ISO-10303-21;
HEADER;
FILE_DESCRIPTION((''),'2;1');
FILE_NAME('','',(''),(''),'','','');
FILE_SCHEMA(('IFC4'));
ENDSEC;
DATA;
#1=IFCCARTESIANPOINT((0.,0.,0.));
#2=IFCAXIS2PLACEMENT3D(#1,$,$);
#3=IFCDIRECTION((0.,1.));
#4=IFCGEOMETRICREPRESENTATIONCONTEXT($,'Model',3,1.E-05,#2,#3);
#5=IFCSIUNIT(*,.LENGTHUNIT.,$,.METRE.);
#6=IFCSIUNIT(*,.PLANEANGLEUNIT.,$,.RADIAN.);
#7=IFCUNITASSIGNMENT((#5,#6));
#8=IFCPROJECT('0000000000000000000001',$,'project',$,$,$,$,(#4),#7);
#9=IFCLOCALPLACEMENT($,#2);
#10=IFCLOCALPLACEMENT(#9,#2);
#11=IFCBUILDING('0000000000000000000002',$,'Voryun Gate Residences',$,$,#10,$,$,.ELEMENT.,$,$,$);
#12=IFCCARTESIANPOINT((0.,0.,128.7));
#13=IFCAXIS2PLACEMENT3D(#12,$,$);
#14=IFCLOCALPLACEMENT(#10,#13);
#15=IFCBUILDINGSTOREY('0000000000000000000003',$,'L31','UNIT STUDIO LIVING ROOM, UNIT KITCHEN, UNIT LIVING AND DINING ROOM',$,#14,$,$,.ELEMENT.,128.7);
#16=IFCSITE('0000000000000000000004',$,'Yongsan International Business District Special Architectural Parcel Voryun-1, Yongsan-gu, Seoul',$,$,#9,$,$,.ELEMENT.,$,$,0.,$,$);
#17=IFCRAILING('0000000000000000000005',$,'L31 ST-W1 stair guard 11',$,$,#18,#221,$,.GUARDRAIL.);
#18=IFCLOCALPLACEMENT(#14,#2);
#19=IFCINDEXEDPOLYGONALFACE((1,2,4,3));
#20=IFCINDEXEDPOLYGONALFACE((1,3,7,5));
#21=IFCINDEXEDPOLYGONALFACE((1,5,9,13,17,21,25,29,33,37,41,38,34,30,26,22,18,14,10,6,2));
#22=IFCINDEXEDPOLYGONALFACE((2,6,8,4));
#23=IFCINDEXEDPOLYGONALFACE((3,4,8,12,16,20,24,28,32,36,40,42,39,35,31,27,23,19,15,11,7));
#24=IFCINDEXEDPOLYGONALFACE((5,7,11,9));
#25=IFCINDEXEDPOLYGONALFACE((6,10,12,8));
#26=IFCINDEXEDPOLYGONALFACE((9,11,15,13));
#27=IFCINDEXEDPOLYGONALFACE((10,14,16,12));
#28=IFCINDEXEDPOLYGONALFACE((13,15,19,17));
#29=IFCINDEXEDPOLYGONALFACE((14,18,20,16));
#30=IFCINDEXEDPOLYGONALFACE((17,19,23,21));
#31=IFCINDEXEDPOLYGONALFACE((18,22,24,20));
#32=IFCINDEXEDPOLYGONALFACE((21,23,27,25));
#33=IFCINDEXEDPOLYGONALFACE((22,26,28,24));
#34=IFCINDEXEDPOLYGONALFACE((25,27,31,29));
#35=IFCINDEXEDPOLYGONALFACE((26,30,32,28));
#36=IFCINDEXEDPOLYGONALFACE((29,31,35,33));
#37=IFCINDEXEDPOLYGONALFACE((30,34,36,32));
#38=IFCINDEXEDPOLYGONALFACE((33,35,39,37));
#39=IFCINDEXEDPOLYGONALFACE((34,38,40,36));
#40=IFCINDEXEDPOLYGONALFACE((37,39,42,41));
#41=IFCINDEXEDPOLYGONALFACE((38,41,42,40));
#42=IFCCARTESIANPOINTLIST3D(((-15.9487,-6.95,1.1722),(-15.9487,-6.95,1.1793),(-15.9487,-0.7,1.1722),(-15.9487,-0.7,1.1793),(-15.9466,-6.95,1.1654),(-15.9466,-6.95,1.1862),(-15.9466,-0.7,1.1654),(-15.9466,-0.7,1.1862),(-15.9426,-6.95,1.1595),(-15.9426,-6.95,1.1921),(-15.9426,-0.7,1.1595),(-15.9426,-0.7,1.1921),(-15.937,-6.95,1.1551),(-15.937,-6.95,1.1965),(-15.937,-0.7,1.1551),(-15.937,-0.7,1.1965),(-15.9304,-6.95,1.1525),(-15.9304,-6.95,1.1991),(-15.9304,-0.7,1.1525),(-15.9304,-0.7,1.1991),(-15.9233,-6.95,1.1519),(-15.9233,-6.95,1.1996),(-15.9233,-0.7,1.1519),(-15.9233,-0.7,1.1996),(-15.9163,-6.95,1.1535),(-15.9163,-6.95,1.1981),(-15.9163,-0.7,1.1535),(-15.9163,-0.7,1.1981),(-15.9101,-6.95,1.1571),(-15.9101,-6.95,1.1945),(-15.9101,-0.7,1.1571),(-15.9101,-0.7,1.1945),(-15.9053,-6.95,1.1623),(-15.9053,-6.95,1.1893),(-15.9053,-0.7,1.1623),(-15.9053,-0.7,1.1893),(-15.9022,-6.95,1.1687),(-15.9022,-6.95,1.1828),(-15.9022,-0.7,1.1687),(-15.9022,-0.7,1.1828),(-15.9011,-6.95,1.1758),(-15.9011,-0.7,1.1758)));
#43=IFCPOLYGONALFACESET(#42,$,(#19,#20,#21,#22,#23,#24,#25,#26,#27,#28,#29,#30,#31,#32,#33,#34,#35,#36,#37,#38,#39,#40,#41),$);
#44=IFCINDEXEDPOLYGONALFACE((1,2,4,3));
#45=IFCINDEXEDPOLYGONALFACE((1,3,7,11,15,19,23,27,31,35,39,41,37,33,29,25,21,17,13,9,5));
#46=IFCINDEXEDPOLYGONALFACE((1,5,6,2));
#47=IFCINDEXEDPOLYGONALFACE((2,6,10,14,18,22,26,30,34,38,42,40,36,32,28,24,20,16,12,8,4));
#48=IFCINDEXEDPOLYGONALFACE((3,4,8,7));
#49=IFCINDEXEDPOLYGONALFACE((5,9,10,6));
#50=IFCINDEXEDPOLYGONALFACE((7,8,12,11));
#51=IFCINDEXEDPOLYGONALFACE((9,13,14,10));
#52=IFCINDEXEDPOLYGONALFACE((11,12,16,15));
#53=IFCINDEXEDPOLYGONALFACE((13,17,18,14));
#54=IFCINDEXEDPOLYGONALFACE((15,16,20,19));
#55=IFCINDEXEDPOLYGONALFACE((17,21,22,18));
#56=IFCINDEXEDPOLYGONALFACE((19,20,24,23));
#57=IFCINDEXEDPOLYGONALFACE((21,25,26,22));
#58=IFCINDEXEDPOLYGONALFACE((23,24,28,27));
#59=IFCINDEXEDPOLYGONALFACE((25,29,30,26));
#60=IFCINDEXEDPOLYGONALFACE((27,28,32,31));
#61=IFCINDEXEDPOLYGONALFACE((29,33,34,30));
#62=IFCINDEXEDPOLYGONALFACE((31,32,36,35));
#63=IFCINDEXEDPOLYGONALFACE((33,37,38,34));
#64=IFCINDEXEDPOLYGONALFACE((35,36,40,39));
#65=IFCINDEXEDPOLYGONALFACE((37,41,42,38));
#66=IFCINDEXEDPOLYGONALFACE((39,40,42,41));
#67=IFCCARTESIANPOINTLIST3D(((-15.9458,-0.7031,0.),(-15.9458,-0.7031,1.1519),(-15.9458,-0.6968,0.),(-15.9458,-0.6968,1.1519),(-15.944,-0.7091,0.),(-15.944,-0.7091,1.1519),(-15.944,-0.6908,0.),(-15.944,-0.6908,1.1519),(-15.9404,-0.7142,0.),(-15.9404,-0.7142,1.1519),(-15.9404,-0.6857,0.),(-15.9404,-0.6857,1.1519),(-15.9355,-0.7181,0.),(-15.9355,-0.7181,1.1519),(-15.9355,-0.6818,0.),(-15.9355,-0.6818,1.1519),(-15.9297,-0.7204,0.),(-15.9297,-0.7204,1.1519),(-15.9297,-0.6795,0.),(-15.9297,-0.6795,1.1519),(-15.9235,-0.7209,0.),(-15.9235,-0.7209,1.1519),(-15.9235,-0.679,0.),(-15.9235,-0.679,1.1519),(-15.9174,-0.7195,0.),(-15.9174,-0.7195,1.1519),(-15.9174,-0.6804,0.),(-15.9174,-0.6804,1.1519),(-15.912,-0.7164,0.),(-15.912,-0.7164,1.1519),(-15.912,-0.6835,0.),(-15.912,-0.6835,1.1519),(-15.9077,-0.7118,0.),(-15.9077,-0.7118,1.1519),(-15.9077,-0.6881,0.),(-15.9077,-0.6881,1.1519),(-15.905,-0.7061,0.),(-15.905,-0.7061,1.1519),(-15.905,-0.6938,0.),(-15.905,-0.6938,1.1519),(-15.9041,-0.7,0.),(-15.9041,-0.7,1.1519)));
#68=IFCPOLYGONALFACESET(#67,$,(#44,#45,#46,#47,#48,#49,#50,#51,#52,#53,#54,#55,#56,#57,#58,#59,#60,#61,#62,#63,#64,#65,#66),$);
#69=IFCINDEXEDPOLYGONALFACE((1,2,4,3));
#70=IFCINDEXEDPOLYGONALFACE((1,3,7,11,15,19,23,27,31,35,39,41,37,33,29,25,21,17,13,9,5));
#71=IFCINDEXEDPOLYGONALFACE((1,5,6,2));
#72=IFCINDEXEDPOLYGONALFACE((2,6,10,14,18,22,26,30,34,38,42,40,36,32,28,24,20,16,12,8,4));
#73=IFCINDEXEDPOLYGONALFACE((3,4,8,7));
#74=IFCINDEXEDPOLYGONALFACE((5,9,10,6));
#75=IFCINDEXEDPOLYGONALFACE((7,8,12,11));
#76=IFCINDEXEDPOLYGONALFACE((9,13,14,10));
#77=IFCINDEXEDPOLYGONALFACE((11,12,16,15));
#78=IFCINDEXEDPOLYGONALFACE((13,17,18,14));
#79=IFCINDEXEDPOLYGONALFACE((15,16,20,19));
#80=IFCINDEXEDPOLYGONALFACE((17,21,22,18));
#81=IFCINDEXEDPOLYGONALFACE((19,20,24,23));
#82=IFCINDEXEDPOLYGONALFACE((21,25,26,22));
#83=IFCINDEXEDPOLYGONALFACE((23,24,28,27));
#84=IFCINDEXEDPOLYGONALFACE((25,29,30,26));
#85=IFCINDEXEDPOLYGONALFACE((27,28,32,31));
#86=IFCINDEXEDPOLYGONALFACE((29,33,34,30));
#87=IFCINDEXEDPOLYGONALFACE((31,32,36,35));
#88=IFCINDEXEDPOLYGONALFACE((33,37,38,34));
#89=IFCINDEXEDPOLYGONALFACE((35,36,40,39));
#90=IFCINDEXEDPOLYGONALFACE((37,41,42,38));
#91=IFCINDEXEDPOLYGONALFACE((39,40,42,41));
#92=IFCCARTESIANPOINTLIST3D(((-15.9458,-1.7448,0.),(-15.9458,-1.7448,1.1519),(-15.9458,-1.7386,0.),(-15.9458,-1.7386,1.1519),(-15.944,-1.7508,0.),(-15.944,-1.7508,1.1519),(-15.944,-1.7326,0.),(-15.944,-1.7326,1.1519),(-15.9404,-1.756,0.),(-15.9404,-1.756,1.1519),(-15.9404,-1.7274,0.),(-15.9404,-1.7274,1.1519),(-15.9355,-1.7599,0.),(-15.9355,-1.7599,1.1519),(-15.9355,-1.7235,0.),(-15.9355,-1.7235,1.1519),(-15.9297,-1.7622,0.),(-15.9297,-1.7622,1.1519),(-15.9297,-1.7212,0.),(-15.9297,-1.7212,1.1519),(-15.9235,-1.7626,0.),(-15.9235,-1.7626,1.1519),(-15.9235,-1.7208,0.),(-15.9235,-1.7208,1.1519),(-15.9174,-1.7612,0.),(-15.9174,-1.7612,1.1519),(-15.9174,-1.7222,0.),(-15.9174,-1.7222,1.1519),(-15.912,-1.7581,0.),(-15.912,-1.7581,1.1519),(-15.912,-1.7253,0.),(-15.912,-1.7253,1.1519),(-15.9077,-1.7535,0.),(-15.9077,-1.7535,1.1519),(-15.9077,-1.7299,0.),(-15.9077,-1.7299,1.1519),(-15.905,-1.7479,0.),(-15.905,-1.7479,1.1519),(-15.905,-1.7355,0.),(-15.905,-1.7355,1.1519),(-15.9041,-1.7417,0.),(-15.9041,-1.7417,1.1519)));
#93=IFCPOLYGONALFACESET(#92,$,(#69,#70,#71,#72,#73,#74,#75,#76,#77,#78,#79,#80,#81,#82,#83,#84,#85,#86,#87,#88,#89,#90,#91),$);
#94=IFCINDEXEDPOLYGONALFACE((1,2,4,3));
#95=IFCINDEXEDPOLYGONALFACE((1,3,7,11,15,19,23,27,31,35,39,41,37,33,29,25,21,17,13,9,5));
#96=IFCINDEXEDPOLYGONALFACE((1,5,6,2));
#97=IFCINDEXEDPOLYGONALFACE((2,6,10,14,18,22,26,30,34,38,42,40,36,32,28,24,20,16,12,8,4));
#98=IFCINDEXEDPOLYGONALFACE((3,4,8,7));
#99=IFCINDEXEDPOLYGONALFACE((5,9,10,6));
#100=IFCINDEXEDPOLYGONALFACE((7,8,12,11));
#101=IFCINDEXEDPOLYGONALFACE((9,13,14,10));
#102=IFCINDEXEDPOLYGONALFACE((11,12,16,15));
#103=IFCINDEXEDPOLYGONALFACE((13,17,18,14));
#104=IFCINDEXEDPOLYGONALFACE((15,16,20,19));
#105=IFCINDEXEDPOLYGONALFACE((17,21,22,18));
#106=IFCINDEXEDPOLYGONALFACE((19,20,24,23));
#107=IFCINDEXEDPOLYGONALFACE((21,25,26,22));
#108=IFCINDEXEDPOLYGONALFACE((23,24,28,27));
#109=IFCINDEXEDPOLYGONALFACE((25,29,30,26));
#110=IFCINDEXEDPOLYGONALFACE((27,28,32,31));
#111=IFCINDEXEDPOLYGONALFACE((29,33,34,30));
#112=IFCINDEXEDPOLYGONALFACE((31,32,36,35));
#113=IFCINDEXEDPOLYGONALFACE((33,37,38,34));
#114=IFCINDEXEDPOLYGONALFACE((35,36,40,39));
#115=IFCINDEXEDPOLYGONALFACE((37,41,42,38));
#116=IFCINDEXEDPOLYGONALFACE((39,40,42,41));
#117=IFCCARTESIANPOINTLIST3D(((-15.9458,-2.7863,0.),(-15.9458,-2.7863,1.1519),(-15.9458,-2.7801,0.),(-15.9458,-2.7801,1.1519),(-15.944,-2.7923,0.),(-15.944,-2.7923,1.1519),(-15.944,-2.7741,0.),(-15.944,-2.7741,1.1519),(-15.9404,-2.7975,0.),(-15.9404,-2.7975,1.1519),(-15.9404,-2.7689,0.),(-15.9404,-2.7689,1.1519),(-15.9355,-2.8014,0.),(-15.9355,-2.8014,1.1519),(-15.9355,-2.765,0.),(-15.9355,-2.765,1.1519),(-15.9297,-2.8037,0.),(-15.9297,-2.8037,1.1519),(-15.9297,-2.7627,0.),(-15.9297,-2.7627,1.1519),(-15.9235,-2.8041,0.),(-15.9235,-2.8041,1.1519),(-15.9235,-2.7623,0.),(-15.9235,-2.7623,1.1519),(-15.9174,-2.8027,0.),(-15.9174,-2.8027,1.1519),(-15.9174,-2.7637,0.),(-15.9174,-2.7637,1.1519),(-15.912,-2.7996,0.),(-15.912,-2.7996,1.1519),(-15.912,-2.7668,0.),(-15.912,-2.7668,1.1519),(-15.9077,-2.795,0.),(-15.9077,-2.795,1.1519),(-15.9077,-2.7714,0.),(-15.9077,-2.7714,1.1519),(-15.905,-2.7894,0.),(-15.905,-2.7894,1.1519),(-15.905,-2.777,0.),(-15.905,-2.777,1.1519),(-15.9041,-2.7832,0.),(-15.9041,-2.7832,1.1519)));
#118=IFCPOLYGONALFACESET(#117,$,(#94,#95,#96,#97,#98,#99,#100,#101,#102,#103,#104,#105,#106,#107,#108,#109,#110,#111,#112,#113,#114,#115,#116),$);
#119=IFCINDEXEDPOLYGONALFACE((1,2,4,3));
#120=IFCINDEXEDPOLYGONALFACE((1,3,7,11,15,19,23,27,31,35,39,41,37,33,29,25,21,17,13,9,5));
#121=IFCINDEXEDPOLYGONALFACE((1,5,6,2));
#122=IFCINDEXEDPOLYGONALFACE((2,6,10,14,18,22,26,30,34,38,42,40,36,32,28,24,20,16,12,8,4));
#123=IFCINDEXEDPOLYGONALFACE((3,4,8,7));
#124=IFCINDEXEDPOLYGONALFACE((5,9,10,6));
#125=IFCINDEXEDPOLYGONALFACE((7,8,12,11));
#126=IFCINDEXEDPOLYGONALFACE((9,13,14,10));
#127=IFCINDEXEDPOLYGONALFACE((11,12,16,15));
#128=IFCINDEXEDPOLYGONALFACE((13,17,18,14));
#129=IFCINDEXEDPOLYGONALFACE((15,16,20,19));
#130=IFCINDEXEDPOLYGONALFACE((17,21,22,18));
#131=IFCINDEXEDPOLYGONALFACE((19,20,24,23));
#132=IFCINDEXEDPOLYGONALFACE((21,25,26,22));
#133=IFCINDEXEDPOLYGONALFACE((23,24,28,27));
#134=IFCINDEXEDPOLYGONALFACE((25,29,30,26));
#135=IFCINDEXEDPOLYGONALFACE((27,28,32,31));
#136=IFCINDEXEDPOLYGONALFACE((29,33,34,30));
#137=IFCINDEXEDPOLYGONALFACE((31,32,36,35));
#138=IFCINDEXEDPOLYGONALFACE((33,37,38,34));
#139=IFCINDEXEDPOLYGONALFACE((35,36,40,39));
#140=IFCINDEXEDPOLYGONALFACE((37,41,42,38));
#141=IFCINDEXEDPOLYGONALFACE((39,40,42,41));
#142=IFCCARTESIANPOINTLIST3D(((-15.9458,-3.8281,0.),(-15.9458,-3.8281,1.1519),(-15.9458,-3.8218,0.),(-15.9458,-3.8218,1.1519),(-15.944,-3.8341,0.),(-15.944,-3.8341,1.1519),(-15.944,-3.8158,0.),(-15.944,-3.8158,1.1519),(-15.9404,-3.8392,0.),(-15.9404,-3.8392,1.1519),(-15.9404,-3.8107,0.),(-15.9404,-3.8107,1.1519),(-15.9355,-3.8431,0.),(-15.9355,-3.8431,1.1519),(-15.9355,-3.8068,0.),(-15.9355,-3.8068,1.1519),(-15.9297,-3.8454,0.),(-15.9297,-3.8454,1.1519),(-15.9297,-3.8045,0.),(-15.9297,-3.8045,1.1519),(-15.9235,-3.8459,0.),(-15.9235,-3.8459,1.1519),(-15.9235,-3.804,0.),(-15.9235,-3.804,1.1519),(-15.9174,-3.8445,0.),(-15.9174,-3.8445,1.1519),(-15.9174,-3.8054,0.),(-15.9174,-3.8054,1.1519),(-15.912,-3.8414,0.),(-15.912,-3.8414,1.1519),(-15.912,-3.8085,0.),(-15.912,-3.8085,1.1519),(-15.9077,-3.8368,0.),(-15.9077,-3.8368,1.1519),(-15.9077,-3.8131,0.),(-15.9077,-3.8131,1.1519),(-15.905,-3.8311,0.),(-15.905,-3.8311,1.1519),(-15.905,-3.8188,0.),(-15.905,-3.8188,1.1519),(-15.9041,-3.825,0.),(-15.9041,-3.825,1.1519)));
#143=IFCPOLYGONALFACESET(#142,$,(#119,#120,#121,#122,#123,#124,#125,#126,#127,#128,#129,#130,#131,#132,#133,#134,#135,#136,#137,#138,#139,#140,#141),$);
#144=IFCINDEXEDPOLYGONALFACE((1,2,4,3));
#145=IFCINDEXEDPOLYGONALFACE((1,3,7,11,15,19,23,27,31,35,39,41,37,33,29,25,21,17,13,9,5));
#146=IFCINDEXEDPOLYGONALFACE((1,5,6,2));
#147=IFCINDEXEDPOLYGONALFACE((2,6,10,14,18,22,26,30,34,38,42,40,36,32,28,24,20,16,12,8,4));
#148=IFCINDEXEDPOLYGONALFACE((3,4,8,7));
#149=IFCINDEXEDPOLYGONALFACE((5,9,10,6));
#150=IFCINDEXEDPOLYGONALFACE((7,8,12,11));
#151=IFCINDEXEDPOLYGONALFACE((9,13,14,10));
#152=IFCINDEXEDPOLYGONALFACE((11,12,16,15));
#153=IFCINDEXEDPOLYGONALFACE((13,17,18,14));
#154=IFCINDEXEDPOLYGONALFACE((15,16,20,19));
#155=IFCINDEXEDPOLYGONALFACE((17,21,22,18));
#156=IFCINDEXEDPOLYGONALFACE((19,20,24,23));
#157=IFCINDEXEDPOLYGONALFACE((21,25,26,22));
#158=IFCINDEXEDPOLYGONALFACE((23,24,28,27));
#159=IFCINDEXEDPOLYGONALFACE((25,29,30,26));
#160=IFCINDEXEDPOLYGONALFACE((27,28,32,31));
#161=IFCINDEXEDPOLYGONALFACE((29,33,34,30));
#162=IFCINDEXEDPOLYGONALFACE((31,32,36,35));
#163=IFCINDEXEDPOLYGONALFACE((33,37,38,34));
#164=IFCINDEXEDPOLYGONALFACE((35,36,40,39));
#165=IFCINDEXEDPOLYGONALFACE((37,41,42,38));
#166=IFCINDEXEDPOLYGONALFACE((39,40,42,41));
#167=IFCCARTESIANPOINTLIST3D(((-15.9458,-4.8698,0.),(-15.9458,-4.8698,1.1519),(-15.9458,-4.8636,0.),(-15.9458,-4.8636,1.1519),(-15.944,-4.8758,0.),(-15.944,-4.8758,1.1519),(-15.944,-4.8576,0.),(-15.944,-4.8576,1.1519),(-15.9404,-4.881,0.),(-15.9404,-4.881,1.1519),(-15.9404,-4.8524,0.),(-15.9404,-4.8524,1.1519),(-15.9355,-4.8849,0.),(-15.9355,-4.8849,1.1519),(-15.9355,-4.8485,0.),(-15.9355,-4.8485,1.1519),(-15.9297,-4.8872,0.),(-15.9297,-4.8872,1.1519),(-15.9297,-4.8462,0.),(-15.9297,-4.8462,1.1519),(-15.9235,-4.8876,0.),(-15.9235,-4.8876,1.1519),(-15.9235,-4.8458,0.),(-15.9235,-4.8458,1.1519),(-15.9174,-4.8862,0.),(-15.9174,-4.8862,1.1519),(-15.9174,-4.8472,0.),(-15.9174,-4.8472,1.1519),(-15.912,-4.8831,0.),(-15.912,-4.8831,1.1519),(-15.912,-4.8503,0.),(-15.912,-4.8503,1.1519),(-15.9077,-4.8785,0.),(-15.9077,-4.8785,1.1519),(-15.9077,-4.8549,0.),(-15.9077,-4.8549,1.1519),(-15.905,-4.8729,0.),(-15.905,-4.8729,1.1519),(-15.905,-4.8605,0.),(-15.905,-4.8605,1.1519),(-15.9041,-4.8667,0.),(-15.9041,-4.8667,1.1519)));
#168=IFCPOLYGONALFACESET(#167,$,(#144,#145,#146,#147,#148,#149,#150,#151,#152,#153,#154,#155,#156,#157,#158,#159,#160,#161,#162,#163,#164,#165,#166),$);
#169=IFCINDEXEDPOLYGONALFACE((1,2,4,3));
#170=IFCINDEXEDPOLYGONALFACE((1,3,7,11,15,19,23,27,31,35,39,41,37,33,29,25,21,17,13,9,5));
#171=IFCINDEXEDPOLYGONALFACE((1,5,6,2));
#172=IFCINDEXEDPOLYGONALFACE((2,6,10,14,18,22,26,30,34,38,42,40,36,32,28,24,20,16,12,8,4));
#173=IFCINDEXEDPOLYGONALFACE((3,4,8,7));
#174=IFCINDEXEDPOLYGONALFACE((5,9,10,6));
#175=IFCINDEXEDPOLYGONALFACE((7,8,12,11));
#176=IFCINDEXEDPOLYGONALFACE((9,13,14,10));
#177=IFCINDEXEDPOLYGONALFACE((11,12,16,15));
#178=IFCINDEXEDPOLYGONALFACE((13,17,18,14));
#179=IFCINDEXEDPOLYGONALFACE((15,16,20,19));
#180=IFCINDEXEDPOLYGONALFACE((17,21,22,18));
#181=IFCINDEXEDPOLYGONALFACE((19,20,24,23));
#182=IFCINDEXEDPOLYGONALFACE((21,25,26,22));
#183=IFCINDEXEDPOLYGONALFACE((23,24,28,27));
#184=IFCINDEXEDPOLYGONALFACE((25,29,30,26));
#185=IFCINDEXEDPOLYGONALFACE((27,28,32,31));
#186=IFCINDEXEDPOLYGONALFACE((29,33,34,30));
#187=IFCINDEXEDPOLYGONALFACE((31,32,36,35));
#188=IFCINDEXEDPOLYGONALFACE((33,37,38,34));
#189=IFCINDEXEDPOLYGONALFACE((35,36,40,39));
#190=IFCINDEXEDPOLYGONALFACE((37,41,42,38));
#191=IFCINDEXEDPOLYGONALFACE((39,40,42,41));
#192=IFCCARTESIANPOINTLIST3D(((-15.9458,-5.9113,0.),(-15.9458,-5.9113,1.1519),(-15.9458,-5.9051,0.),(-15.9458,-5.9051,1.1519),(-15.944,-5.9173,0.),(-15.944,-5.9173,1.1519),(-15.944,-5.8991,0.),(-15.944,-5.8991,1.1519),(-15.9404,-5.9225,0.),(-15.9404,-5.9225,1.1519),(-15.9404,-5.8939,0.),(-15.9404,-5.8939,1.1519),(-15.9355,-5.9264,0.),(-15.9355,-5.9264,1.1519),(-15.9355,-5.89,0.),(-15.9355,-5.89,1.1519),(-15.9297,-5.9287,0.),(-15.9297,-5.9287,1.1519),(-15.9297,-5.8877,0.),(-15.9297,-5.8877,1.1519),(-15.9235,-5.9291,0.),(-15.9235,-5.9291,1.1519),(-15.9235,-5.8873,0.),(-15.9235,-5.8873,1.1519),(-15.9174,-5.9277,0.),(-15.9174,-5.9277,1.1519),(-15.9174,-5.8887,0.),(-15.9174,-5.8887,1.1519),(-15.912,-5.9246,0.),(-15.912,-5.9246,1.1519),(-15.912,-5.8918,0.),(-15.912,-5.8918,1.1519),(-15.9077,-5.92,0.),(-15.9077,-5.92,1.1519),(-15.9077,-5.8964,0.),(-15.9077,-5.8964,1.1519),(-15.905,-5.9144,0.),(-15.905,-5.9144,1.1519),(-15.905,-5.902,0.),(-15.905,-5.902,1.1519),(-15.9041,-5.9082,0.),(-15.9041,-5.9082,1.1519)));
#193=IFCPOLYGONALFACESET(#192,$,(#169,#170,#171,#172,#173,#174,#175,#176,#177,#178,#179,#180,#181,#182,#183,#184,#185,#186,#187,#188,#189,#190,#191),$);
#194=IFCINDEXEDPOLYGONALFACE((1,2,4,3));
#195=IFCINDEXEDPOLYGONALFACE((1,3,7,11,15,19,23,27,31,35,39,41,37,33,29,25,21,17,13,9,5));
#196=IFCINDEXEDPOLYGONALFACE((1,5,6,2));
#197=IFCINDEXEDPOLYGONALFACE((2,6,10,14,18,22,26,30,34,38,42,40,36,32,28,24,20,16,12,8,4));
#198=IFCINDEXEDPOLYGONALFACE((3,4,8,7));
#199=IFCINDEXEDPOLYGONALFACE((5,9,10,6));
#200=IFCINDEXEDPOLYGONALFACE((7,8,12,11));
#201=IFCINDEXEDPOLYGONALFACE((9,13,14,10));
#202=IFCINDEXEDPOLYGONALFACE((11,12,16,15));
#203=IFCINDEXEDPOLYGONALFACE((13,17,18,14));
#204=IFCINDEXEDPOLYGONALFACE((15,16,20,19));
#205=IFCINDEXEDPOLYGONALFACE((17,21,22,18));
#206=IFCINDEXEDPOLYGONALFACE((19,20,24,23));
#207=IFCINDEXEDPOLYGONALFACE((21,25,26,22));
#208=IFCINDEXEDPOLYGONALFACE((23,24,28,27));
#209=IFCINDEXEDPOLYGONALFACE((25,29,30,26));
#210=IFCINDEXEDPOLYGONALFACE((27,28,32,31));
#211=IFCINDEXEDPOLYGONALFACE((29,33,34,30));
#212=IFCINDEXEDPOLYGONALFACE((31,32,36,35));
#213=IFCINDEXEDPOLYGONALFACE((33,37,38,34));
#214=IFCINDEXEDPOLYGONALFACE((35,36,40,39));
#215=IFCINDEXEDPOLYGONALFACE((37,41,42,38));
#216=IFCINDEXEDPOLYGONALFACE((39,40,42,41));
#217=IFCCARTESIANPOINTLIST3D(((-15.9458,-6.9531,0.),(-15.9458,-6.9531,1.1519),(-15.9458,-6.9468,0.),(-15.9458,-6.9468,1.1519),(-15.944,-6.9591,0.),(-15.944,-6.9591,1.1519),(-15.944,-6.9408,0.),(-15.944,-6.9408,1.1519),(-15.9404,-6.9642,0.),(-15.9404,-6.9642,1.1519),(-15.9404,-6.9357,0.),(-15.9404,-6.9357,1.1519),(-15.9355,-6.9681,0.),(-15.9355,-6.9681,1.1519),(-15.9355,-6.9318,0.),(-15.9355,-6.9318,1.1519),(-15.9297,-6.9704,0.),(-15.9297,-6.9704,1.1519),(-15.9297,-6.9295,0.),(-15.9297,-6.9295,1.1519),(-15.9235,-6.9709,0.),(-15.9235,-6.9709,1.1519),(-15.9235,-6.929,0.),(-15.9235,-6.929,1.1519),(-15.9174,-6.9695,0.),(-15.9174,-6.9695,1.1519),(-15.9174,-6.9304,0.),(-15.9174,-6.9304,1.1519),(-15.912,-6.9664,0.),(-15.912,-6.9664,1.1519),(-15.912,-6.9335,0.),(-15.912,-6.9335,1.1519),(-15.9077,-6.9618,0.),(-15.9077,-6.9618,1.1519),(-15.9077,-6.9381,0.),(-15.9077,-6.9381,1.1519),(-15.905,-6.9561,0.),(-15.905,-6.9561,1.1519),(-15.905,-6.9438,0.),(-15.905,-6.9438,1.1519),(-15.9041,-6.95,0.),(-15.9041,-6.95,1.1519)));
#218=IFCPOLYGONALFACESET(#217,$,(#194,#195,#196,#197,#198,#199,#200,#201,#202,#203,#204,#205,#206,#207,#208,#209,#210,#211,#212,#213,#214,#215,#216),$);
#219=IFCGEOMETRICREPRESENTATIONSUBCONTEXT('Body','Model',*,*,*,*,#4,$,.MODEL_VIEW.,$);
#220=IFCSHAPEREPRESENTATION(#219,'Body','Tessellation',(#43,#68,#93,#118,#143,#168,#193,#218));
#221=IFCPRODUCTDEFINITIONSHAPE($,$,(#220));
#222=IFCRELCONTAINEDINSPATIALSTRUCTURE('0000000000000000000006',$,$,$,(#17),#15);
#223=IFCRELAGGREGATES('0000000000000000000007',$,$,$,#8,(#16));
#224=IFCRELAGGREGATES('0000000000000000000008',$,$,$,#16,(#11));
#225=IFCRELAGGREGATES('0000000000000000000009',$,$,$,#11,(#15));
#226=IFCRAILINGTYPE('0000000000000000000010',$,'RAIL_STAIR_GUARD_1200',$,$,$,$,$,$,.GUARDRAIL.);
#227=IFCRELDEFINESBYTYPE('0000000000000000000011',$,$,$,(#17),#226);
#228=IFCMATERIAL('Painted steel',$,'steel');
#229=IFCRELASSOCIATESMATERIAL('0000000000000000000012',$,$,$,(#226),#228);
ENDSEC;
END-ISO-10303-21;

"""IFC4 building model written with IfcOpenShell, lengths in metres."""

from ifc_helpers import new_model, si_unit, direction, frame, origin, origin_2d, place, context, subcontext, project, spatial, circle, extrude, material, type_object, element, save


model = new_model("IFC4")

# Units and contexts
model_context = context("Model", 3, precision=1e-05, world=origin(), true_north=direction((0.0, 1.0)))
body_context = subcontext(model_context, "Body", "Model", "MODEL_VIEW")
ifc_project = project(units=[si_unit("LENGTHUNIT", "METRE"), si_unit("PLANEANGLEUNIT", "RADIAN")], contexts=[model_context])

# Site, building, storey
site_placement = place(None, origin())
site = spatial("IfcSite", under=ifc_project, at=site_placement, Name="Yongsan International Business District Special Architectural Parcel Voryun-1, Yongsan-gu, Seoul", CompositionType="ELEMENT", RefElevation=0.0)
building_placement = place(site_placement, origin())
building = spatial("IfcBuilding", under=site, at=building_placement, Name="Voryun Gate Residences", CompositionType="ELEMENT")
storey_placement = place(building_placement, frame((0.0, 0.0, 128.7)))
storey = spatial("IfcBuildingStorey", under=building, at=storey_placement, Name="L31", Description="UNIT STUDIO LIVING ROOM, UNIT KITCHEN, UNIT LIVING AND DINING ROOM", CompositionType="ELEMENT", Elevation=128.7)

# Railing
ifc_material_1 = material(Name="Painted steel", Category="steel")
railing_type = type_object("IfcRailingType", Name="RAIL_STAIR_GUARD_1200", PredefinedType="GUARDRAIL", material=ifc_material_1)
railing_1_placement = place(storey_placement, frame((-15.925, -0.7, 0.0)))
element("IfcRailing", 1, at=railing_1_placement, inside=storey, type_object=railing_type, Name="L31 ST-W1 stair guard 11", PredefinedType="GUARDRAIL", context=body_context, shape_type="SweptSolid", body=[
    extrude(circle(Radius=0.0239, at=origin_2d()), frame((0.0, 0.0, 1.1758), z_axis=(0.0, -1.0, 0.0), x_axis=(1.0, 0.0, 0.0)), (0.0, 0.0, 1.0), 6.25),
    extrude(circle(Radius=0.021, at=origin_2d()), origin(), (0.0, 0.0, 1.0), 1.1519),
    extrude(circle(Radius=0.021, at=origin_2d()), frame((0.0, -1.0417, 0.0)), (0.0, 0.0, 1.0), 1.1519),
    extrude(circle(Radius=0.021, at=origin_2d()), frame((0.0, -2.0833, 0.0)), (0.0, 0.0, 1.0), 1.1519),
    extrude(circle(Radius=0.021, at=origin_2d()), frame((0.0, -3.125, 0.0)), (0.0, 0.0, 1.0), 1.1519),
    extrude(circle(Radius=0.021, at=origin_2d()), frame((0.0, -4.1667, 0.0)), (0.0, 0.0, 1.0), 1.1519),
    extrude(circle(Radius=0.021, at=origin_2d()), frame((0.0, -5.2083, 0.0)), (0.0, 0.0, 1.0), 1.1519),
    extrude(circle(Radius=0.021, at=origin_2d()), frame((0.0, -6.25, 0.0)), (0.0, 0.0, 1.0), 1.1519),
])

save(model, "model.ifc")
